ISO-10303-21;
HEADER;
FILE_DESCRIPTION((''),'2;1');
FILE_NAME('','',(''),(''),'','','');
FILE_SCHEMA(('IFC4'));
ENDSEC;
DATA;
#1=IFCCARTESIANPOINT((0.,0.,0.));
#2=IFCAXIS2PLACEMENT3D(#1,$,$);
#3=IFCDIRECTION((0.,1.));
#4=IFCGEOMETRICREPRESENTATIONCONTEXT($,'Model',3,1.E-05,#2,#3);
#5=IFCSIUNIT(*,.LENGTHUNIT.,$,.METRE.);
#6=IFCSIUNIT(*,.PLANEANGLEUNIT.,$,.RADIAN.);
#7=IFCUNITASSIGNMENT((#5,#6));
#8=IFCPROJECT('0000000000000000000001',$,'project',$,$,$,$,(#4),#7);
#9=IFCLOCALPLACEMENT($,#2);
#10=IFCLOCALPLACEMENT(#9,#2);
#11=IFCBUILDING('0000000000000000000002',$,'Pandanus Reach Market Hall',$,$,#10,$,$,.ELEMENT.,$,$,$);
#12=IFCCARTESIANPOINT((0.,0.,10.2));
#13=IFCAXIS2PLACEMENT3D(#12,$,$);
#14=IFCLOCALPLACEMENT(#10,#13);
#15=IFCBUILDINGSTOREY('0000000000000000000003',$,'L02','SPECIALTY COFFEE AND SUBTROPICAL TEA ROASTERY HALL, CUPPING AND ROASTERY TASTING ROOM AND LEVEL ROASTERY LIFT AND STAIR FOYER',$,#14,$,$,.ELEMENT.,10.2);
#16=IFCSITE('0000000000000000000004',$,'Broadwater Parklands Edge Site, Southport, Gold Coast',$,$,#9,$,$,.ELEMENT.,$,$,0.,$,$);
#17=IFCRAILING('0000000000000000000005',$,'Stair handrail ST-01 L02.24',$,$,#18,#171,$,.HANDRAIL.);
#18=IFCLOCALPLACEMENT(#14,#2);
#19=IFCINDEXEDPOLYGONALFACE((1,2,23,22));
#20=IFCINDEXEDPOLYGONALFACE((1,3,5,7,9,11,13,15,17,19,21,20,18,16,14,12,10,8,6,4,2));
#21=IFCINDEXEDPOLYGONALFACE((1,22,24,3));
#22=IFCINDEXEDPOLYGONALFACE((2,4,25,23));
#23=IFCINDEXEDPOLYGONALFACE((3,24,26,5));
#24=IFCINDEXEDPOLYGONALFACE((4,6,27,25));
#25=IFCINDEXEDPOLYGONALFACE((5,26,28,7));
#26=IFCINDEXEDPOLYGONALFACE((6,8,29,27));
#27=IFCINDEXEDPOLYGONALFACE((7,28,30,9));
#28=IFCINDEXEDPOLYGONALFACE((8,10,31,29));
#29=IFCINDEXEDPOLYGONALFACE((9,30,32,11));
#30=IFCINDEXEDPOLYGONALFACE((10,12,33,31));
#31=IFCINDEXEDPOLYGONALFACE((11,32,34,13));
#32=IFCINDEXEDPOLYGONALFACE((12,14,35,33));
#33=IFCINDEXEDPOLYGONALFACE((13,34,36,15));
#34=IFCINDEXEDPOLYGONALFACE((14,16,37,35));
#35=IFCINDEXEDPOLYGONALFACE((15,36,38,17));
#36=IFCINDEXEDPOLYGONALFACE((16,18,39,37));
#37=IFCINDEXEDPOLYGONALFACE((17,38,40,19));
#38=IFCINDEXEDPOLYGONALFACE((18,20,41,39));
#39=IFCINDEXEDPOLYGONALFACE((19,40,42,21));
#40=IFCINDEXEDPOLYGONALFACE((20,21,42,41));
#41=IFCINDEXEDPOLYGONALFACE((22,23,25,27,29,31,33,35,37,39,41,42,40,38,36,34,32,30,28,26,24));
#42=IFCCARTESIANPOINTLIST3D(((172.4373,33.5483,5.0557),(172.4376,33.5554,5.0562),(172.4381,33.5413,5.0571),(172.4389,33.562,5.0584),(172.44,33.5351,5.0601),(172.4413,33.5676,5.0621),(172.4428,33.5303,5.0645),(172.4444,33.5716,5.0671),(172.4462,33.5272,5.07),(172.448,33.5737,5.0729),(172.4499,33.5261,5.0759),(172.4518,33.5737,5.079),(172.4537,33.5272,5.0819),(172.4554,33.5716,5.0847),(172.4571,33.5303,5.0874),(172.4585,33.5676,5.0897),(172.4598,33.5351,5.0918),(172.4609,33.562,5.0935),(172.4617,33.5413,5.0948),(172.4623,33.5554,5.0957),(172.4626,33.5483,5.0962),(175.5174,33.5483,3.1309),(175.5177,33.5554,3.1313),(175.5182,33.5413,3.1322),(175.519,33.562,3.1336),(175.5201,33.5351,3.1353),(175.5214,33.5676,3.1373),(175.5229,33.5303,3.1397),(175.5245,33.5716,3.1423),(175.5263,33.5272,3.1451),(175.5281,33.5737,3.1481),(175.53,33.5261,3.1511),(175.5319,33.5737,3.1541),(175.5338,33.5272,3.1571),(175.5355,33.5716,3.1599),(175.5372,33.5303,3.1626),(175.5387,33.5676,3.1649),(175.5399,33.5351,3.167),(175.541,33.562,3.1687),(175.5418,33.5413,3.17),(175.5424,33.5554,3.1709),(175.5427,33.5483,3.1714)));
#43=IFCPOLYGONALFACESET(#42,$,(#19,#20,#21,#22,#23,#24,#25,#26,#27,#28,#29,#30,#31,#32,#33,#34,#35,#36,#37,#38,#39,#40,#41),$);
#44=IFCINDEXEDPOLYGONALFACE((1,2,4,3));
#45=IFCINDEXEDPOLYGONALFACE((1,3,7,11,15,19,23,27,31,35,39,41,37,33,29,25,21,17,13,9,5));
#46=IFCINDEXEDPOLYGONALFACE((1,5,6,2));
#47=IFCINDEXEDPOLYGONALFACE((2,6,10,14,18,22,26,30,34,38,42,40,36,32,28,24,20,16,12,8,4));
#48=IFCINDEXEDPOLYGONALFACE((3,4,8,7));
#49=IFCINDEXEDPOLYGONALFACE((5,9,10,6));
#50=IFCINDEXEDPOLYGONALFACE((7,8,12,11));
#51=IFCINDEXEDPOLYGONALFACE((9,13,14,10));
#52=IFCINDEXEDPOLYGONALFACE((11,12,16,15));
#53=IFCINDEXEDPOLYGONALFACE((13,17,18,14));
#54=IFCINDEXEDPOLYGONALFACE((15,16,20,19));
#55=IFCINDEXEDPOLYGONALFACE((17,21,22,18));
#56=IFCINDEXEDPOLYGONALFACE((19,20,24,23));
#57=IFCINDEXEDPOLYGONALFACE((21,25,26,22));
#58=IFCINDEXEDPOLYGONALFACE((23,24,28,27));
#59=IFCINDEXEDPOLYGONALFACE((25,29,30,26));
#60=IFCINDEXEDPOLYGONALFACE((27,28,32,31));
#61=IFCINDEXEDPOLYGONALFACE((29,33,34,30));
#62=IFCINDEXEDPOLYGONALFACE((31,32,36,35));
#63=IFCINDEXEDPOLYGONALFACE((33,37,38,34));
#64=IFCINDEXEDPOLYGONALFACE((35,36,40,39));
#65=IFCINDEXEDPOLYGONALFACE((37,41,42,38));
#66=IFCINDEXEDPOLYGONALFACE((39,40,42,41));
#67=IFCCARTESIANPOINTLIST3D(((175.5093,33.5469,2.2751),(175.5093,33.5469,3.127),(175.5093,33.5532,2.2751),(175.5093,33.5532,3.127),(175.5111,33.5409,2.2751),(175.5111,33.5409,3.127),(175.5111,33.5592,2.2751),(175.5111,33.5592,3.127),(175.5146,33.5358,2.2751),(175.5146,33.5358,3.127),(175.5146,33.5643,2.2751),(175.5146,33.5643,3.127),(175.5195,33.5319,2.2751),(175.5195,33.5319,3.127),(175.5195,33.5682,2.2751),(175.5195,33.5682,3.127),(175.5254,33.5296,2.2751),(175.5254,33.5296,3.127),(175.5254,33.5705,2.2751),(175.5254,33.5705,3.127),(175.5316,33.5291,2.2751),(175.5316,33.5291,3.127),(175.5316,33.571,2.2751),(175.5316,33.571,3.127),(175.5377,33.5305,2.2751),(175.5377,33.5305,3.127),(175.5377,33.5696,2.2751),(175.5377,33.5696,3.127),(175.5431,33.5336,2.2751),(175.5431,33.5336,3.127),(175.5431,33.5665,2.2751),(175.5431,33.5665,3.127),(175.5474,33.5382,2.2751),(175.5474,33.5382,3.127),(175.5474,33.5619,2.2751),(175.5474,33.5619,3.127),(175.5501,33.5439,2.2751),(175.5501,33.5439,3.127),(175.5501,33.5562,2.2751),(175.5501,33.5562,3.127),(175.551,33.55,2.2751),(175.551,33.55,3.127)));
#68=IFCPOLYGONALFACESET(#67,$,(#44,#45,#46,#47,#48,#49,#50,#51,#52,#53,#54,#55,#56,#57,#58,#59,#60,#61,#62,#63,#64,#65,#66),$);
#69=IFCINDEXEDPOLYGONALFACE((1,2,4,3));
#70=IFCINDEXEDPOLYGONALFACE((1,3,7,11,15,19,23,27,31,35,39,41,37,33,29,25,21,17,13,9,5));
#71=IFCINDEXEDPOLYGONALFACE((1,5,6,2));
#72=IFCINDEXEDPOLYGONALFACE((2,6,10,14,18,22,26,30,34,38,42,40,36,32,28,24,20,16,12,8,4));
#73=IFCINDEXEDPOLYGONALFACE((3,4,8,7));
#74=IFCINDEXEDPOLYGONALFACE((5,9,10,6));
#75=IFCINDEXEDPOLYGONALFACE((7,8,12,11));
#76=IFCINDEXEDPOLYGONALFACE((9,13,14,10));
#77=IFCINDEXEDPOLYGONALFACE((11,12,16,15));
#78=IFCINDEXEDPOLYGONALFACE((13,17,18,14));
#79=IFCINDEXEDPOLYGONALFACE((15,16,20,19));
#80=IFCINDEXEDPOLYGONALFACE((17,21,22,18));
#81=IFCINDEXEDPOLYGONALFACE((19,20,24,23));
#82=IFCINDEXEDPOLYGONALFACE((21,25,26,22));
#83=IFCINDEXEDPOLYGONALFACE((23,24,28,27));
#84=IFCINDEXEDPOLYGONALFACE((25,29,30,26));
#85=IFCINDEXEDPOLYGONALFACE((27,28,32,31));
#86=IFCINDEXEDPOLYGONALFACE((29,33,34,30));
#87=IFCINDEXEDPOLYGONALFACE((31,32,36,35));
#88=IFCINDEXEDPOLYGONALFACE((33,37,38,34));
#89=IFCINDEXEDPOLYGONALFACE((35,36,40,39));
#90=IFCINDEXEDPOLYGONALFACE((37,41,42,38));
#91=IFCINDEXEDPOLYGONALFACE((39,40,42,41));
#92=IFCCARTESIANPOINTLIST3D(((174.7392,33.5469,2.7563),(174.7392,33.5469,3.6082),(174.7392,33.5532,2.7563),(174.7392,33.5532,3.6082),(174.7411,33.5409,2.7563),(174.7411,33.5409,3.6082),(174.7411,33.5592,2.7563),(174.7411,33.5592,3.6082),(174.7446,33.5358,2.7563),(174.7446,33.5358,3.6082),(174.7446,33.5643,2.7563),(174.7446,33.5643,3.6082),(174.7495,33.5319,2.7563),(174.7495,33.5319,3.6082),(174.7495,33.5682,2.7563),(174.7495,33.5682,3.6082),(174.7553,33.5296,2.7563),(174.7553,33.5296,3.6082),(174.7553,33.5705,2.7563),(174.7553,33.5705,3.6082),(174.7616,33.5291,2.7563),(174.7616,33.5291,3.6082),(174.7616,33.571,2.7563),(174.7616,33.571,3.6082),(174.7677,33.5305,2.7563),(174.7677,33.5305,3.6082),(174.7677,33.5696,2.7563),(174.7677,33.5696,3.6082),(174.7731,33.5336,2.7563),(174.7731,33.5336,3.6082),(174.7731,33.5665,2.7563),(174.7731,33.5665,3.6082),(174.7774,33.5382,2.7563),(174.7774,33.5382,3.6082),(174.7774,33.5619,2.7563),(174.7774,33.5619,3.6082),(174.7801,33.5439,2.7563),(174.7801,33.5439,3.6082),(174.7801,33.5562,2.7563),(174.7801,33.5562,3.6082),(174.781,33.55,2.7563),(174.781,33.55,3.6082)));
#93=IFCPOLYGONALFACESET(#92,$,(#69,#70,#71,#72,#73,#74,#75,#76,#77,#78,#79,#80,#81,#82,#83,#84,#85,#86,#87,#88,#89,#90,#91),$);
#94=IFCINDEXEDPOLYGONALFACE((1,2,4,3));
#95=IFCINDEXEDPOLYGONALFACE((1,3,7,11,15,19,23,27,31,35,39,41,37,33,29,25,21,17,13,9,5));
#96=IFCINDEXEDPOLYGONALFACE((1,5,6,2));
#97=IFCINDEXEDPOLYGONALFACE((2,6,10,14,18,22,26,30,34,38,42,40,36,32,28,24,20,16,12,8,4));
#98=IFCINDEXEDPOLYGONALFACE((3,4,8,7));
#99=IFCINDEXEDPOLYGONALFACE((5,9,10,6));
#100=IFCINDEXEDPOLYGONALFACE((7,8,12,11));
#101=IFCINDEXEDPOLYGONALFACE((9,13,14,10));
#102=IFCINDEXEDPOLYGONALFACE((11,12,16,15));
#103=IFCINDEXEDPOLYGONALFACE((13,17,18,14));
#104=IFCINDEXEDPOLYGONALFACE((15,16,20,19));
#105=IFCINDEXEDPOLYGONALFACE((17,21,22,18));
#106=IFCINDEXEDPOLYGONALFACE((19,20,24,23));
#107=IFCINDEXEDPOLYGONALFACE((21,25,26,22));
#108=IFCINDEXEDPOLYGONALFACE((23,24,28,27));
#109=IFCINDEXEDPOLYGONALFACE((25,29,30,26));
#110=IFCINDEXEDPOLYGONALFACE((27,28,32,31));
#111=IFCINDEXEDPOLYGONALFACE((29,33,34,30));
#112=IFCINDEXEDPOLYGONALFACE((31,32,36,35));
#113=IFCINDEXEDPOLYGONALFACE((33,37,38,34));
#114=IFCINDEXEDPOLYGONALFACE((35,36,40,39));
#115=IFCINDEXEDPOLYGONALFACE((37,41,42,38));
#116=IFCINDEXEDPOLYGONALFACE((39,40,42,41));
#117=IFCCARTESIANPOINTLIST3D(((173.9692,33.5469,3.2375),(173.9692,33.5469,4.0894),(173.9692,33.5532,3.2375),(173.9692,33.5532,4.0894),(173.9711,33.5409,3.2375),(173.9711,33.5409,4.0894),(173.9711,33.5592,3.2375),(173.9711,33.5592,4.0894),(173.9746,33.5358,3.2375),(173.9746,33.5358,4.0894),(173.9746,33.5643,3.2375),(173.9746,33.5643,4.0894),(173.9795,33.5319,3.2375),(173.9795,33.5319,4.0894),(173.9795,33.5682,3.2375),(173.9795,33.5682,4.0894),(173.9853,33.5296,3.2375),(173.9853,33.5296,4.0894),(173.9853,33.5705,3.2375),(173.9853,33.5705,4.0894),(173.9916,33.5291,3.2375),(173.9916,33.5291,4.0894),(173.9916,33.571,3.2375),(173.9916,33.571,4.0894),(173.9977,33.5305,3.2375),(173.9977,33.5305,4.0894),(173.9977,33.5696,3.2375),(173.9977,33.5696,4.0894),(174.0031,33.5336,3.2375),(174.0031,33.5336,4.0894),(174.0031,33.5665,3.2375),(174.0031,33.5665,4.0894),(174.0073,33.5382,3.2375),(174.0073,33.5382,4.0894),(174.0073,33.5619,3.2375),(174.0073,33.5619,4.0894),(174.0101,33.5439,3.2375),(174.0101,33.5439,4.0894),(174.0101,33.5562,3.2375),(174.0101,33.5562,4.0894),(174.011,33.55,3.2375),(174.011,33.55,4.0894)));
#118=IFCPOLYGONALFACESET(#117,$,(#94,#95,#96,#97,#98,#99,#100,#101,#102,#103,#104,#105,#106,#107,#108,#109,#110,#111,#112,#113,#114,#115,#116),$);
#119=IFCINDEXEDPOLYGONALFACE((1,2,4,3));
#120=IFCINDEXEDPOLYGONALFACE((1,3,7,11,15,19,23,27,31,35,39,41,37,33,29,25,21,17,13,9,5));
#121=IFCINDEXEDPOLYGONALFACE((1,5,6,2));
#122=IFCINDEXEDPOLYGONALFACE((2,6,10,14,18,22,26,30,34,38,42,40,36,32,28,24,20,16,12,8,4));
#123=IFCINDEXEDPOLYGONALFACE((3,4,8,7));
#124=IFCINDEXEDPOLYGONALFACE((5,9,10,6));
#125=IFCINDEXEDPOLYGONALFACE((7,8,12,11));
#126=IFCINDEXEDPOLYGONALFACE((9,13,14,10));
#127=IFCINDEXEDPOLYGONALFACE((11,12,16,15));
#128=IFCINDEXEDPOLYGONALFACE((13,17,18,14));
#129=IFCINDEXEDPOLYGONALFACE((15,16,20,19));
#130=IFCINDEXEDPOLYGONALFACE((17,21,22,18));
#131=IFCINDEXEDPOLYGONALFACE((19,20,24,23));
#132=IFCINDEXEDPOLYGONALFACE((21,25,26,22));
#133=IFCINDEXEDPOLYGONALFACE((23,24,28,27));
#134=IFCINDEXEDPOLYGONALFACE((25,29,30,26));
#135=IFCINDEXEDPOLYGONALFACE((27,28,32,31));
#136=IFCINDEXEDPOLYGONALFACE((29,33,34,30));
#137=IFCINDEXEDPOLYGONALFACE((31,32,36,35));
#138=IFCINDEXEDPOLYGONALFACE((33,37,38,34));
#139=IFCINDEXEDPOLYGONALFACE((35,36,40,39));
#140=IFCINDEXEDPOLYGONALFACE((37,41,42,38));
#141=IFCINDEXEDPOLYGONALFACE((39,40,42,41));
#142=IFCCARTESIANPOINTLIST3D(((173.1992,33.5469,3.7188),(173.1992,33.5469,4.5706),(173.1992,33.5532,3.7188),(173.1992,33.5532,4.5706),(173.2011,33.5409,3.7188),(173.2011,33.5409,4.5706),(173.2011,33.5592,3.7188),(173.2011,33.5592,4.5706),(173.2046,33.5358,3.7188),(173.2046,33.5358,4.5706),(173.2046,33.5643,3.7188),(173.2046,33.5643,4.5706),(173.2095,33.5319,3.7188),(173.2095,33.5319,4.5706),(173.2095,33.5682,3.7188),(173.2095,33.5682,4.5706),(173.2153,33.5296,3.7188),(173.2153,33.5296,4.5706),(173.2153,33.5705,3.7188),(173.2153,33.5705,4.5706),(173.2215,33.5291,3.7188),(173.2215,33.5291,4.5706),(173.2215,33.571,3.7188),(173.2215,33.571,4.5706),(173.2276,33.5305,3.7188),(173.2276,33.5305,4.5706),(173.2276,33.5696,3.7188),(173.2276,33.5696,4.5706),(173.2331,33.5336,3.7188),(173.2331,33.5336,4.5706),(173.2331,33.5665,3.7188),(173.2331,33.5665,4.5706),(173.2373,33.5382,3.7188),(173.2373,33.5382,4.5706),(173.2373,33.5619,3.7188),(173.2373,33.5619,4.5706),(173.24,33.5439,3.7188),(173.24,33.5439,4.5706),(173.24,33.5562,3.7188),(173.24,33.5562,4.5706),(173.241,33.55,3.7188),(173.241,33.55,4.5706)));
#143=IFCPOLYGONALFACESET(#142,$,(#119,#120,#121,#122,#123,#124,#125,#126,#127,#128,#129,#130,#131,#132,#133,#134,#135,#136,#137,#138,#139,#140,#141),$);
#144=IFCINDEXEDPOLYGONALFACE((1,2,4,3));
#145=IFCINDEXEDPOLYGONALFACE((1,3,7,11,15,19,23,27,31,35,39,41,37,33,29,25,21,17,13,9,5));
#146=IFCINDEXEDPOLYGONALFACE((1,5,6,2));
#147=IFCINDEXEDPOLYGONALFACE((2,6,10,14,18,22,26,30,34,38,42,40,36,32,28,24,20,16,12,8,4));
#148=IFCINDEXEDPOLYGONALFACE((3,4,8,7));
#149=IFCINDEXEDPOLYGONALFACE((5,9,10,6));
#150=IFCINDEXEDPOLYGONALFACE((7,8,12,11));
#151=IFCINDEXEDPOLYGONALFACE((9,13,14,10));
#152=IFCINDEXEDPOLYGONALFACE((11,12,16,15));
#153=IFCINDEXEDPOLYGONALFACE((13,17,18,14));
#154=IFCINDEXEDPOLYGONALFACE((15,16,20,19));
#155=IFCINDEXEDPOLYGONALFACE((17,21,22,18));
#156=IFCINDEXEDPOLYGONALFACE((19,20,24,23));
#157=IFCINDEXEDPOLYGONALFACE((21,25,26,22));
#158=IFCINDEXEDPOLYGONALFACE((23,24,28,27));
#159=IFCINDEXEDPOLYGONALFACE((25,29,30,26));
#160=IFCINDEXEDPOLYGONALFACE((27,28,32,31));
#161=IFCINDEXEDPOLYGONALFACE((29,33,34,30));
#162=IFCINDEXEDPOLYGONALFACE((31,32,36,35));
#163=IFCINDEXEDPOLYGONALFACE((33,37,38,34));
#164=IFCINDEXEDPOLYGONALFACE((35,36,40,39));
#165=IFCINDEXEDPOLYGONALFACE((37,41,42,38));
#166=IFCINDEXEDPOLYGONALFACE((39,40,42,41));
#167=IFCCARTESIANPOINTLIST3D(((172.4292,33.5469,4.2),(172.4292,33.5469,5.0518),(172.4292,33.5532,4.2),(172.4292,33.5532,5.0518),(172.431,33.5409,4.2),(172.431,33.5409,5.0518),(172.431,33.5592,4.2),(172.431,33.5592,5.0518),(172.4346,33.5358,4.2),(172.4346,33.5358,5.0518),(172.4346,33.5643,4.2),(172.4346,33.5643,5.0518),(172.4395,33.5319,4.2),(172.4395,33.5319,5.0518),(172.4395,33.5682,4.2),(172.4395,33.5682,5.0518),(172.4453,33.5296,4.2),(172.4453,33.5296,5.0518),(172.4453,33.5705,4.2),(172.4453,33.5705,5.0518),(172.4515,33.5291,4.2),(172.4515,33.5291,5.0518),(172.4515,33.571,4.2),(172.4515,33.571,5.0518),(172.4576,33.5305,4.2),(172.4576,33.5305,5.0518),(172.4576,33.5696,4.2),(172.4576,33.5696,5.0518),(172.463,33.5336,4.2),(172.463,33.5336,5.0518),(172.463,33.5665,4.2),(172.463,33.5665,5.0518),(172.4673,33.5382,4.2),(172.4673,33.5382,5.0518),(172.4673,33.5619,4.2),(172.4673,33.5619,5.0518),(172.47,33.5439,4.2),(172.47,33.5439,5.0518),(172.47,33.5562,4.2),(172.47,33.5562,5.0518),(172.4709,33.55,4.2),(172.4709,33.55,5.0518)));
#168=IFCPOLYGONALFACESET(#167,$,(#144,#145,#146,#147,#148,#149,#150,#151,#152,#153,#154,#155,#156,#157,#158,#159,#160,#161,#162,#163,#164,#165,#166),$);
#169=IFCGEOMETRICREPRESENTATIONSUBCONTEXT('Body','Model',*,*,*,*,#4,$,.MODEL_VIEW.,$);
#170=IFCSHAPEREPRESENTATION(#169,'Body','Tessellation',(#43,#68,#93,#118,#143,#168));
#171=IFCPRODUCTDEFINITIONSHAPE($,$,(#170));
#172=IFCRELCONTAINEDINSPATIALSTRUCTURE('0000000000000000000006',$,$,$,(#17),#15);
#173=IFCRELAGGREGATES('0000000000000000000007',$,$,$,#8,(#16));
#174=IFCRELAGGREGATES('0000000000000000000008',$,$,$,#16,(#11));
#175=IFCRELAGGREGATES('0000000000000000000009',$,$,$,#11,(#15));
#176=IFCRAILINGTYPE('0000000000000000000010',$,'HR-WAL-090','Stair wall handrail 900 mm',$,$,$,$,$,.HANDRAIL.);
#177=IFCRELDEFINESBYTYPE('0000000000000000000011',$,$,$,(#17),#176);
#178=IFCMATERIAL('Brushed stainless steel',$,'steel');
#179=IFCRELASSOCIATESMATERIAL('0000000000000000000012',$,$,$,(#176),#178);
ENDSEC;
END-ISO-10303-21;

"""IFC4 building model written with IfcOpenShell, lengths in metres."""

from ifc_helpers import new_model, si_unit, direction, frame, origin, origin_2d, place, context, subcontext, project, spatial, circle, extrude, material, type_object, element, save


model = new_model("IFC4")

# Units and contexts
model_context = context("Model", 3, precision=1e-05, world=origin(), true_north=direction((0.0, 1.0)))
body_context = subcontext(model_context, "Body", "Model", "MODEL_VIEW")
ifc_project = project(units=[si_unit("LENGTHUNIT", "METRE"), si_unit("PLANEANGLEUNIT", "RADIAN")], contexts=[model_context])

# Site, building, storey
site_placement = place(None, origin())
site = spatial("IfcSite", under=ifc_project, at=site_placement, Name="Broadwater Parklands Edge Site, Southport, Gold Coast", CompositionType="ELEMENT", RefElevation=0.0)
building_placement = place(site_placement, origin())
building = spatial("IfcBuilding", under=site, at=building_placement, Name="Pandanus Reach Market Hall", CompositionType="ELEMENT")
storey_placement = place(building_placement, frame((0.0, 0.0, 10.2)))
storey = spatial("IfcBuildingStorey", under=building, at=storey_placement, Name="L02", Description="SPECIALTY COFFEE AND SUBTROPICAL TEA ROASTERY HALL, CUPPING AND ROASTERY TASTING ROOM AND LEVEL ROASTERY LIFT AND STAIR FOYER", CompositionType="ELEMENT", Elevation=10.2)

# Railing
ifc_material_1 = material(Name="Brushed stainless steel", Category="steel")
railing_type_1 = type_object("IfcRailingType", Name="HR-WAL-090", Description="Stair wall handrail 900 mm", PredefinedType="HANDRAIL", material=ifc_material_1)
railing_1_placement = place(storey_placement, frame((175.53, 33.55, 2.2751)))
element("IfcRailing", 1, at=railing_1_placement, inside=storey, type_object=railing_type_1, Name="Stair handrail ST-01 L02.24", PredefinedType="HANDRAIL", context=body_context, shape_type="SweptSolid", body=[
    extrude(circle(Radius=0.0239, at=origin_2d()), frame((0.0, 0.0, 0.876), z_axis=(-0.848029, 0.0, 0.529951), x_axis=(0.0, -1.0, 0.0)), (0.0, 0.0, 1.0), 3.6321),
    extrude(circle(Radius=0.021, at=origin_2d()), origin(), (0.0, 0.0, 1.0), 0.8518),
    extrude(circle(Radius=0.021, at=origin_2d()), frame((-0.77, 0.0, 0.4812)), (0.0, 0.0, 1.0), 0.8518),
    extrude(circle(Radius=0.021, at=origin_2d()), frame((-1.54, 0.0, 0.9624)), (0.0, 0.0, 1.0), 0.8518),
    extrude(circle(Radius=0.021, at=origin_2d()), frame((-2.3101, 0.0, 1.4436)), (0.0, 0.0, 1.0), 0.8518),
    extrude(circle(Radius=0.021, at=origin_2d()), frame((-3.0801, 0.0, 1.9248)), (0.0, 0.0, 1.0), 0.8518),
])

save(model, "model.ifc")
